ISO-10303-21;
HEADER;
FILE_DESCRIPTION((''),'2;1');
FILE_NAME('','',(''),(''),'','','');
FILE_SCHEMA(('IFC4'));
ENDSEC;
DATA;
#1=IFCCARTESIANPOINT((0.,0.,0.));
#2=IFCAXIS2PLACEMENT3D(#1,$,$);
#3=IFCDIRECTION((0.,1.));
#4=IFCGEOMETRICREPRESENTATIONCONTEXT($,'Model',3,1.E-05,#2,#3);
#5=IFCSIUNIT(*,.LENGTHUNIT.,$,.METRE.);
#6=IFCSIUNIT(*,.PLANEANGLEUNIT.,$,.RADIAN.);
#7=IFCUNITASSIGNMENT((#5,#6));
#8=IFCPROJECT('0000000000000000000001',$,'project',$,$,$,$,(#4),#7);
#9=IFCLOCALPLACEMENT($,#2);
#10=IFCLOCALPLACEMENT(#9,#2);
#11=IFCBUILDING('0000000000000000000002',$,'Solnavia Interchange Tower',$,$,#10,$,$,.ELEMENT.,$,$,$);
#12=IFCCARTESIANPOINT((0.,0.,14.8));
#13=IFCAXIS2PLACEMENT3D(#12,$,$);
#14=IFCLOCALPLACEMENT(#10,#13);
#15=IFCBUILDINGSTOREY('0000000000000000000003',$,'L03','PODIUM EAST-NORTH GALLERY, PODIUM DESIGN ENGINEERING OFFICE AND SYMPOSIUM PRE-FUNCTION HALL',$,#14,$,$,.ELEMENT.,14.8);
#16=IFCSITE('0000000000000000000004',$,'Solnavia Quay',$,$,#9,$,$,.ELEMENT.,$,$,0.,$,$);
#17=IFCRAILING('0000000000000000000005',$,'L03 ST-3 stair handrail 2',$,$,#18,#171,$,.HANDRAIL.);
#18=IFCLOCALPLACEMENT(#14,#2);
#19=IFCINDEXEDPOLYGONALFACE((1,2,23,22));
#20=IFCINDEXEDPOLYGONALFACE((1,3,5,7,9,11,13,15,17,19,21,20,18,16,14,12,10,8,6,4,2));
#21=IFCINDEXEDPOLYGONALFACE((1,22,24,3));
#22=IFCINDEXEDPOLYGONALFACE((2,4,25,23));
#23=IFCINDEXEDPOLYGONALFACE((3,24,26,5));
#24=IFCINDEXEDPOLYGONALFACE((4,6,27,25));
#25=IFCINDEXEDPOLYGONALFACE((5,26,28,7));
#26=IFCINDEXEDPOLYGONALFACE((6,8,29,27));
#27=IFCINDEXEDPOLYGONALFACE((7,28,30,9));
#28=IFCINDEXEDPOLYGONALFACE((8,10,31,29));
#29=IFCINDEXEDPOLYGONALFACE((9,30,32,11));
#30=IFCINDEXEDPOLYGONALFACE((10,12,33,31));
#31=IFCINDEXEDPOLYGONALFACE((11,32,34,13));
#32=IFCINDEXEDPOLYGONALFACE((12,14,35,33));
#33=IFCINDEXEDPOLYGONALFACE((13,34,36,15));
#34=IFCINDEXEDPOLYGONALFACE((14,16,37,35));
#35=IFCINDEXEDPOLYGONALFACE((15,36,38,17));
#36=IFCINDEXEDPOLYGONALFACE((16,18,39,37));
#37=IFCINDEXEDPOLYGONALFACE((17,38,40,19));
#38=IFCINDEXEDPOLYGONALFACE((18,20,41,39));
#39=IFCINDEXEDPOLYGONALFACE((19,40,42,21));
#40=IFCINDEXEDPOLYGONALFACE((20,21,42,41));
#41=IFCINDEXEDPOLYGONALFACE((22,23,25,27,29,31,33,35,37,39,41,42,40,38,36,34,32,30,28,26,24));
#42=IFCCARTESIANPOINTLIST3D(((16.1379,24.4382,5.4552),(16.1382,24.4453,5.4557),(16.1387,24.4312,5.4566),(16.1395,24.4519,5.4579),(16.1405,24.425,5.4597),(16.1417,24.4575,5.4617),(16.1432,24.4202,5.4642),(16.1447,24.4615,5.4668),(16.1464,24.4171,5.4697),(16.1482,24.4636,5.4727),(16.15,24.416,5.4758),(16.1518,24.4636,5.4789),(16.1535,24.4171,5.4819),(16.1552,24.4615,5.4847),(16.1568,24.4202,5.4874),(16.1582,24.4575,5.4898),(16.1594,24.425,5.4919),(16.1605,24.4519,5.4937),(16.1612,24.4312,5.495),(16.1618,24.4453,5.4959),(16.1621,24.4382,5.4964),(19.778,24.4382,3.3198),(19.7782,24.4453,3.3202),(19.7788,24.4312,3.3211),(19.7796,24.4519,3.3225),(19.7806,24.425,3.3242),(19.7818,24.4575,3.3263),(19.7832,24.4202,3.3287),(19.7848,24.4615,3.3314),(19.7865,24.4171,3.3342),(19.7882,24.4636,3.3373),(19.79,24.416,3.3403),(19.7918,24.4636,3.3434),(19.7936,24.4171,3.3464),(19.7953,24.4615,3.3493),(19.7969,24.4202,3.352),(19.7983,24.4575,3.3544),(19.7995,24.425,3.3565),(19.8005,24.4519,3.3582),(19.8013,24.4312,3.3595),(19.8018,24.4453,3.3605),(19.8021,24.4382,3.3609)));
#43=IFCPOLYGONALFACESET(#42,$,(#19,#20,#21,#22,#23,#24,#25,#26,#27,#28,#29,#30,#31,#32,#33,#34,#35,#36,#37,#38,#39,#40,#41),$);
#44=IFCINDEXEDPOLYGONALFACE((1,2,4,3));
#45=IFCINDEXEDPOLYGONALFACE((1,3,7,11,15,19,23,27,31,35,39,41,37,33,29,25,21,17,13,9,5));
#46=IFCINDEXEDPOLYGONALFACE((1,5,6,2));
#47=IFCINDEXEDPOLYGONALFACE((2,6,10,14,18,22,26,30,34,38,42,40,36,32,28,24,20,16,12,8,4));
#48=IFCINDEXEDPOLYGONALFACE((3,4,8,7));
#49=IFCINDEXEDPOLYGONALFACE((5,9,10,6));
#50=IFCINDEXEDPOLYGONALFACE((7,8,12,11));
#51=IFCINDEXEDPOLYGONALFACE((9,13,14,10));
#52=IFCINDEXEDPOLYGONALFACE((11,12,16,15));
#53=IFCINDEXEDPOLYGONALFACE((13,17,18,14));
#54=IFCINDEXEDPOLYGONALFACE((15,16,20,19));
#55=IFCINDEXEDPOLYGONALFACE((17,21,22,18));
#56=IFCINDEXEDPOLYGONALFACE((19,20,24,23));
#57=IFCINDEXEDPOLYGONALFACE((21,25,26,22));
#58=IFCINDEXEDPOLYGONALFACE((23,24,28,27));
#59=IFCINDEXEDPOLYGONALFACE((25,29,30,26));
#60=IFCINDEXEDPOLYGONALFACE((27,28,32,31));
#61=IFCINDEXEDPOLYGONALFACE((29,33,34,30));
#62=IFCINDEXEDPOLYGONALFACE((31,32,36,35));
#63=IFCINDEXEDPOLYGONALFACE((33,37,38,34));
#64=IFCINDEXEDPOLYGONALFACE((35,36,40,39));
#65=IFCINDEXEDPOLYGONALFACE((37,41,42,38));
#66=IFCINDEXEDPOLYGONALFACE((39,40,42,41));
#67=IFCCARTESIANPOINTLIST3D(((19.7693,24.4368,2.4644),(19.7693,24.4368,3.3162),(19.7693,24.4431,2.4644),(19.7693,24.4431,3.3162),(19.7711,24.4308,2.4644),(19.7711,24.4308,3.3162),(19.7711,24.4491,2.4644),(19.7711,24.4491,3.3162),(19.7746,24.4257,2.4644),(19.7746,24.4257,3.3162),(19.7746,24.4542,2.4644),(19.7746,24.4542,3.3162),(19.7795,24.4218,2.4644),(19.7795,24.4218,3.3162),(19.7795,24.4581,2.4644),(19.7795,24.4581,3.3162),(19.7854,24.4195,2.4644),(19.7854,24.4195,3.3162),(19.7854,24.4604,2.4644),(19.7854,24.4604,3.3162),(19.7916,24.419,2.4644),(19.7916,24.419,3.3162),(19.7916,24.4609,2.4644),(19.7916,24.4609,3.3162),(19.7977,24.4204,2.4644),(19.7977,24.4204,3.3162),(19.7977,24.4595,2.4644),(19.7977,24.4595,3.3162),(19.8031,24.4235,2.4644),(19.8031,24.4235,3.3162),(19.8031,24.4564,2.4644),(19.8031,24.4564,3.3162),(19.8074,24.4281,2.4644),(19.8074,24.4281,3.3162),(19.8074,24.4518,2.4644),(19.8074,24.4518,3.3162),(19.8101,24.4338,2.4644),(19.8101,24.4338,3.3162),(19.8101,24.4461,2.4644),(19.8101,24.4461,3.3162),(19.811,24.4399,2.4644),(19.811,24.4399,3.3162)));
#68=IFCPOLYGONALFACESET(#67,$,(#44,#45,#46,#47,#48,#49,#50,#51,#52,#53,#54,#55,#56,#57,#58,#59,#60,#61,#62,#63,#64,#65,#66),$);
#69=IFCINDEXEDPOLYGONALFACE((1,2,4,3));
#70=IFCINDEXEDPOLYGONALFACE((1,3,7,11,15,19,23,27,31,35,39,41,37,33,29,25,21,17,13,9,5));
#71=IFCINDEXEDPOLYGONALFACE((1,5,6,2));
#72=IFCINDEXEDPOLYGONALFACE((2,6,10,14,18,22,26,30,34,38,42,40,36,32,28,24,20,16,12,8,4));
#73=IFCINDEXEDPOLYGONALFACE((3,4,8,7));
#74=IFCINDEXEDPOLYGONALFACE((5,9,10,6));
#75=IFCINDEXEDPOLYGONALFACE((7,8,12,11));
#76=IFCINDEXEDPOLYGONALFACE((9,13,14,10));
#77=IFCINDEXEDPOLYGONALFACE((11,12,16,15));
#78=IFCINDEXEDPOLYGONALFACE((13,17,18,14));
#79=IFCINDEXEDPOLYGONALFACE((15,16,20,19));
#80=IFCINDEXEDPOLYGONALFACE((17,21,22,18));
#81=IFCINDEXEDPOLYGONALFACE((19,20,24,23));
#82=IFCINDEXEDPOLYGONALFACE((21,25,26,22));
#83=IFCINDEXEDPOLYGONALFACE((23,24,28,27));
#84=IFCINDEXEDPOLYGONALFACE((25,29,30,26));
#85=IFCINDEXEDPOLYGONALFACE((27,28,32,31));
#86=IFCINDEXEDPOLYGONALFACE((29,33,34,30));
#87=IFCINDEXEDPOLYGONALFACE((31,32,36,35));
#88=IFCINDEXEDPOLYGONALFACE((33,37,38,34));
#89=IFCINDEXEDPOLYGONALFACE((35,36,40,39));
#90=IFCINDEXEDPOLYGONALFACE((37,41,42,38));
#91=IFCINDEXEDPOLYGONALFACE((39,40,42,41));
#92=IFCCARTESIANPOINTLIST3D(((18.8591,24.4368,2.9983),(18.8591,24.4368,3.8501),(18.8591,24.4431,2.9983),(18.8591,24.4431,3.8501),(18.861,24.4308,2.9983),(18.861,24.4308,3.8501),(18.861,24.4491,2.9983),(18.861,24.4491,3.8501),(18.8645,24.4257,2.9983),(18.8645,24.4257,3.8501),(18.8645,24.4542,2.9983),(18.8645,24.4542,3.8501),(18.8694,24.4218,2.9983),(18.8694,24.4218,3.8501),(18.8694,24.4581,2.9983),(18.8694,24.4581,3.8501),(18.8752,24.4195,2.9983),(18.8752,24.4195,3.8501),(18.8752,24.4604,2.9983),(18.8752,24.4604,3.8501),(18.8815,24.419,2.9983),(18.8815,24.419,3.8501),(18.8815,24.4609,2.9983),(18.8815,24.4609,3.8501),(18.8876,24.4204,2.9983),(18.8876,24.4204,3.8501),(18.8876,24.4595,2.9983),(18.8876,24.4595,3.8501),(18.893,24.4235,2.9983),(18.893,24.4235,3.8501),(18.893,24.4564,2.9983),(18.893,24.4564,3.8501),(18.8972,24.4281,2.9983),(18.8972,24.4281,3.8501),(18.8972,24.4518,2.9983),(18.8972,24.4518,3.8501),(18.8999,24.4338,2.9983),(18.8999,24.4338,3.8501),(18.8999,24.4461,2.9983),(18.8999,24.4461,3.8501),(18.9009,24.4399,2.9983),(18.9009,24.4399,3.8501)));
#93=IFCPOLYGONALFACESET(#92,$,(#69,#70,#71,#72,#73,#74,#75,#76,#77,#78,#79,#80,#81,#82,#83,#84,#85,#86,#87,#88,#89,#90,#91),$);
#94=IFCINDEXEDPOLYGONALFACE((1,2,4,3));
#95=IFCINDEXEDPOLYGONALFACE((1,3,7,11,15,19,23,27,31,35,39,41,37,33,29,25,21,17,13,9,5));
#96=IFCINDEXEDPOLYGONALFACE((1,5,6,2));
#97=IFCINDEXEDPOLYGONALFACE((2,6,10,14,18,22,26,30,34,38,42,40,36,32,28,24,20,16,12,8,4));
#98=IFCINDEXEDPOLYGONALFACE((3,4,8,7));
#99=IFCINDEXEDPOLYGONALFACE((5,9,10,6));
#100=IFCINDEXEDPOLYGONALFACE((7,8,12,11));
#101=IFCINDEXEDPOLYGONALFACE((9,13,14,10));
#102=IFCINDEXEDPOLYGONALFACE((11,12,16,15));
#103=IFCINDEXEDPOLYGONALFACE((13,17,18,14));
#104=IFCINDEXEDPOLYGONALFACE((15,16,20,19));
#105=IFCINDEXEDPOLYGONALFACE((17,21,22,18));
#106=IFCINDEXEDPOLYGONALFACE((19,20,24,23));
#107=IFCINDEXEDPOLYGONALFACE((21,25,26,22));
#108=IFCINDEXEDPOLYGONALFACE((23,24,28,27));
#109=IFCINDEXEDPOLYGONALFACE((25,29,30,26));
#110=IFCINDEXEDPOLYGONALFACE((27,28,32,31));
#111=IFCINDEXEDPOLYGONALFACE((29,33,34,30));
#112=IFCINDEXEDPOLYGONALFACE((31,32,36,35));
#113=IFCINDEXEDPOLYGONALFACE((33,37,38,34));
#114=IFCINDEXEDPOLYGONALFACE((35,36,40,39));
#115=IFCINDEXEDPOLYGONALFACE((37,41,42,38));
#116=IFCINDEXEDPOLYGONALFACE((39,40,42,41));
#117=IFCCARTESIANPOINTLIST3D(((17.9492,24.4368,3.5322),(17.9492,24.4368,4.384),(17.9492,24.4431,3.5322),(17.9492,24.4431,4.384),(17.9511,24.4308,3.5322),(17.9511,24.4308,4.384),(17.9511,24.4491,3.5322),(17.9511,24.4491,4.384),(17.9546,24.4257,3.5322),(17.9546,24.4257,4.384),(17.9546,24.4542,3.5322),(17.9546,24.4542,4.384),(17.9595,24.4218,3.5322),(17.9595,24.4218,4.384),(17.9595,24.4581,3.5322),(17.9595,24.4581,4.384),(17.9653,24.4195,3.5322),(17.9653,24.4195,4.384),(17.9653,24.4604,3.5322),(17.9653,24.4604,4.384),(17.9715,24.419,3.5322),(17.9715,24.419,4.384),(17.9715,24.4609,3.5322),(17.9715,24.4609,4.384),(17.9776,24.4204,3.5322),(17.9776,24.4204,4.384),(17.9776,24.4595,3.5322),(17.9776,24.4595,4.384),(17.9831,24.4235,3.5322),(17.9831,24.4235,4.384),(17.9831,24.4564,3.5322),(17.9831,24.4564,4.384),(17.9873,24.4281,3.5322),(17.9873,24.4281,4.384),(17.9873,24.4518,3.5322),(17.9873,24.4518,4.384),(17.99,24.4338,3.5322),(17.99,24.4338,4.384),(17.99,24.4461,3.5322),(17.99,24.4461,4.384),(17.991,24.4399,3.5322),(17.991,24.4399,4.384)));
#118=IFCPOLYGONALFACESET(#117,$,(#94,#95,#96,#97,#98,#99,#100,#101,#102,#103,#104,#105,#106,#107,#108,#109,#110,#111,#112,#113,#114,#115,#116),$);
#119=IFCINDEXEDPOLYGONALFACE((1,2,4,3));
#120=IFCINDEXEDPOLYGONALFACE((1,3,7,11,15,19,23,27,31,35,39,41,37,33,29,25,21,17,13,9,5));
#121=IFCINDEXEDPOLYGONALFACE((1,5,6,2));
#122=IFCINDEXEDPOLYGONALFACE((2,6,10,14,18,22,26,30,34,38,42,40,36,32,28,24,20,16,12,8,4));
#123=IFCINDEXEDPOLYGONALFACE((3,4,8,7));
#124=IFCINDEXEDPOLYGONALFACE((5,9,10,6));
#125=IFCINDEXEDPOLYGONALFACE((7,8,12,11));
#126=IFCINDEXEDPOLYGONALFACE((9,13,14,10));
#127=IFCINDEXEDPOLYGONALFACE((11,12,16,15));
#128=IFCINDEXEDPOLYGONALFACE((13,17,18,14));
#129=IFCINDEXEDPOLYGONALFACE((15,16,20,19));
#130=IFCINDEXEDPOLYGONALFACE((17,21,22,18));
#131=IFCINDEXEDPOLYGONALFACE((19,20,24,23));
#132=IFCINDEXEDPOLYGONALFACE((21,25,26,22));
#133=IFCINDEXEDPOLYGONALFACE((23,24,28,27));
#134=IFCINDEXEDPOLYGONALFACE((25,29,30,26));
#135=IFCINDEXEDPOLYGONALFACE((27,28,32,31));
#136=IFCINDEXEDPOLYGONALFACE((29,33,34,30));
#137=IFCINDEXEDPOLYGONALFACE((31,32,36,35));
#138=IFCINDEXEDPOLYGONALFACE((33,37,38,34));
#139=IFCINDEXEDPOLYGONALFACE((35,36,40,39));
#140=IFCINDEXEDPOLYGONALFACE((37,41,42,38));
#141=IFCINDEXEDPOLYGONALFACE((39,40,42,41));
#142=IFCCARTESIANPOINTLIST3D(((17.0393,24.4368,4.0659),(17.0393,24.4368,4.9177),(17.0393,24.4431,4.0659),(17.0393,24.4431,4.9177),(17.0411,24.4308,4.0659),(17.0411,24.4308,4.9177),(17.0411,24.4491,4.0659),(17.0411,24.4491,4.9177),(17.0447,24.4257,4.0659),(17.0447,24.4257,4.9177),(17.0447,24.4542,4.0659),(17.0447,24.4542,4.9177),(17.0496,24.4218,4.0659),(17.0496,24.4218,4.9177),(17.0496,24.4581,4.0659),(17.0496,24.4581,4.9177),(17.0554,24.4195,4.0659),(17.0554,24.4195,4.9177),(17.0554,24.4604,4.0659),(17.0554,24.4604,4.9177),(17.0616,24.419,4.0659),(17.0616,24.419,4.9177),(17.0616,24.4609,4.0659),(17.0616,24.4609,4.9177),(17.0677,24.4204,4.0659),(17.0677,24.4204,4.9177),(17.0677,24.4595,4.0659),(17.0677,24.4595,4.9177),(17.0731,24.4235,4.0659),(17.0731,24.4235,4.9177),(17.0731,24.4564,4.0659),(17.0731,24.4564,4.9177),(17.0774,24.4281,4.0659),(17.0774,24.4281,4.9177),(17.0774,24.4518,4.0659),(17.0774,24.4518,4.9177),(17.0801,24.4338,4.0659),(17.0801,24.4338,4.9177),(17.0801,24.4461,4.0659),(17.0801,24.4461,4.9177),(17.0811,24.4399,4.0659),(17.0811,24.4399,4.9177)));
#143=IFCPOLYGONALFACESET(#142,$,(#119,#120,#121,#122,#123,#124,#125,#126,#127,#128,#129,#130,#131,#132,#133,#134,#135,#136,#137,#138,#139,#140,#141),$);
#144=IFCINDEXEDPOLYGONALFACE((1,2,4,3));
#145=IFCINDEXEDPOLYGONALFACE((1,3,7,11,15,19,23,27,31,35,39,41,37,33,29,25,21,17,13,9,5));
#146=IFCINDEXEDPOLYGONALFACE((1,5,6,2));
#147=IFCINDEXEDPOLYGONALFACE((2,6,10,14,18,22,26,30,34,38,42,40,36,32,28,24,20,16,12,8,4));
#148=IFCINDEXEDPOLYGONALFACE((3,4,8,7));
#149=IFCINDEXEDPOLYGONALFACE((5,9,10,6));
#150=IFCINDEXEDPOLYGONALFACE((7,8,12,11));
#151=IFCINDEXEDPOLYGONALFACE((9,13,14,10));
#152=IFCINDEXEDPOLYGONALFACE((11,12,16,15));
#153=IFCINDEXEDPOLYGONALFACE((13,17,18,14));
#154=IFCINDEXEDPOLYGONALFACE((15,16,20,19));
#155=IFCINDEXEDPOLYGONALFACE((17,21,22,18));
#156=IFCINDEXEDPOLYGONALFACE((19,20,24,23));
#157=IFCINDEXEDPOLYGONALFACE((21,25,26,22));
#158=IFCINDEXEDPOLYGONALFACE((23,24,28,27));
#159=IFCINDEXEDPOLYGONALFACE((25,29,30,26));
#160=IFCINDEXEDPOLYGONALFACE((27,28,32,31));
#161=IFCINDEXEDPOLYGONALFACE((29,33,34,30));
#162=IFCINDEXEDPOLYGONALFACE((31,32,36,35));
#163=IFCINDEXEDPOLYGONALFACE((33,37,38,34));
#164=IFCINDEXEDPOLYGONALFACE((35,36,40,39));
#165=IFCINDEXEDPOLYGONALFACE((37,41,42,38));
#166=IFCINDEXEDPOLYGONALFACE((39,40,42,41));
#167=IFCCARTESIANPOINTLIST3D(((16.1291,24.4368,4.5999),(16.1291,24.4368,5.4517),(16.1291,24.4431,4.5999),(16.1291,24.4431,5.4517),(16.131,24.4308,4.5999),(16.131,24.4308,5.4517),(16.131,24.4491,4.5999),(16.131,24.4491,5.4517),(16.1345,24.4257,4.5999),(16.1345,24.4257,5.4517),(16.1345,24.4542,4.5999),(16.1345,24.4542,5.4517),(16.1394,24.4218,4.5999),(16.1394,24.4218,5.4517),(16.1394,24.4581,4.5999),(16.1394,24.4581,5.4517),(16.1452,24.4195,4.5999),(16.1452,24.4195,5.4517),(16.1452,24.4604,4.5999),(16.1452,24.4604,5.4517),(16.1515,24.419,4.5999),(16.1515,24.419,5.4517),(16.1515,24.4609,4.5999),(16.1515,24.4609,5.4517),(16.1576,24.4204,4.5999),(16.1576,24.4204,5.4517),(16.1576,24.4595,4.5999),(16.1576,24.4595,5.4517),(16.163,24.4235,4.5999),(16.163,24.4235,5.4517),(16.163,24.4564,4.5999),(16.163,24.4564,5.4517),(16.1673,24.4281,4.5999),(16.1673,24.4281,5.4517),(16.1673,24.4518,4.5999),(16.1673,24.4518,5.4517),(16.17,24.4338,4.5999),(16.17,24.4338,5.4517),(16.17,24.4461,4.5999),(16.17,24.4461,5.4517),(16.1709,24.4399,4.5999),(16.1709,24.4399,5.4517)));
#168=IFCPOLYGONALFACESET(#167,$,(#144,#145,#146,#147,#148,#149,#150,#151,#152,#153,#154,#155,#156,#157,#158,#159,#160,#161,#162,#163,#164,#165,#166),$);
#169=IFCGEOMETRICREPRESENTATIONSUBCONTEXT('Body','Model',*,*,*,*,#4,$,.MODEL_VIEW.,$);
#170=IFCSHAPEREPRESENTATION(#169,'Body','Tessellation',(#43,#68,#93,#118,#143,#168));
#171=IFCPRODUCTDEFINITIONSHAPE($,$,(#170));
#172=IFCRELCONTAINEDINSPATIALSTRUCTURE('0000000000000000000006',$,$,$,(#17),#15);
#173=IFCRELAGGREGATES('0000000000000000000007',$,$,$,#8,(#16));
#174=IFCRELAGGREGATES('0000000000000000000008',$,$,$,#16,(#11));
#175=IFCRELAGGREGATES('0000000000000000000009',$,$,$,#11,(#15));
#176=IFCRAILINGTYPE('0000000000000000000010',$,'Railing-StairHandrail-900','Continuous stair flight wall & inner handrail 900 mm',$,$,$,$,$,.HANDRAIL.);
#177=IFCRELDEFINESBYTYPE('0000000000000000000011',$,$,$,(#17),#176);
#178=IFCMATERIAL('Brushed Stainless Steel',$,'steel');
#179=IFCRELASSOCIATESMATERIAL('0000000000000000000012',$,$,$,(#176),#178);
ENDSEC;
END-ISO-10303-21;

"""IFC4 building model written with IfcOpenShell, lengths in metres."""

from ifc_helpers import new_model, si_unit, direction, frame, origin, origin_2d, place, context, subcontext, project, spatial, circle, extrude, material, type_object, element, save


model = new_model("IFC4")

# Units and contexts
model_context = context("Model", 3, precision=1e-05, world=origin(), true_north=direction((0.0, 1.0)))
body_context = subcontext(model_context, "Body", "Model", "MODEL_VIEW")
ifc_project = project(units=[si_unit("LENGTHUNIT", "METRE"), si_unit("PLANEANGLEUNIT", "RADIAN")], contexts=[model_context])

# Site, building, storey
site_placement = place(None, origin())
site = spatial("IfcSite", under=ifc_project, at=site_placement, Name="Solnavia Quay", CompositionType="ELEMENT", RefElevation=0.0)
building_placement = place(site_placement, origin())
building = spatial("IfcBuilding", under=site, at=building_placement, Name="Solnavia Interchange Tower", CompositionType="ELEMENT")
storey_placement = place(building_placement, frame((0.0, 0.0, 14.8)))
storey = spatial("IfcBuildingStorey", under=building, at=storey_placement, Name="L03", Description="PODIUM EAST-NORTH GALLERY, PODIUM DESIGN ENGINEERING OFFICE AND SYMPOSIUM PRE-FUNCTION HALL", CompositionType="ELEMENT", Elevation=14.8)

# Railing
ifc_material_1 = material(Name="Brushed Stainless Steel", Category="steel")
railing_type_1 = type_object("IfcRailingType", Name="Railing-StairHandrail-900", Description="Continuous stair flight wall & inner handrail 900 mm", PredefinedType="HANDRAIL", material=ifc_material_1)
railing_1_placement = place(storey_placement, frame((19.79, 24.4399, 2.4644)))
element("IfcRailing", 1, at=railing_1_placement, inside=storey, type_object=railing_type_1, Name="L03 ST-3 stair handrail 2", PredefinedType="HANDRAIL", context=body_context, shape_type="SweptSolid", body=[
    extrude(circle(Radius=0.0239, at=origin_2d()), frame((0.0, 0.0, 0.876), z_axis=(-0.86253, 0.0, 0.506006), x_axis=(0.0, -1.0, 0.0)), (0.0, 0.0, 1.0), 4.2202),
    extrude(circle(Radius=0.021, at=origin_2d()), origin(), (0.0, 0.0, 1.0), 0.8518),
    extrude(circle(Radius=0.021, at=origin_2d()), frame((-0.9102, 0.0, 0.5339)), (0.0, 0.0, 1.0), 0.8518),
    extrude(circle(Radius=0.021, at=origin_2d()), frame((-1.8201, 0.0, 1.0679)), (0.0, 0.0, 1.0), 0.8518),
    extrude(circle(Radius=0.021, at=origin_2d()), frame((-2.73, 0.0, 1.6016)), (0.0, 0.0, 1.0), 0.8518),
    extrude(circle(Radius=0.021, at=origin_2d()), frame((-3.6401, 0.0, 2.1355)), (0.0, 0.0, 1.0), 0.8518),
])

save(model, "model.ifc")
